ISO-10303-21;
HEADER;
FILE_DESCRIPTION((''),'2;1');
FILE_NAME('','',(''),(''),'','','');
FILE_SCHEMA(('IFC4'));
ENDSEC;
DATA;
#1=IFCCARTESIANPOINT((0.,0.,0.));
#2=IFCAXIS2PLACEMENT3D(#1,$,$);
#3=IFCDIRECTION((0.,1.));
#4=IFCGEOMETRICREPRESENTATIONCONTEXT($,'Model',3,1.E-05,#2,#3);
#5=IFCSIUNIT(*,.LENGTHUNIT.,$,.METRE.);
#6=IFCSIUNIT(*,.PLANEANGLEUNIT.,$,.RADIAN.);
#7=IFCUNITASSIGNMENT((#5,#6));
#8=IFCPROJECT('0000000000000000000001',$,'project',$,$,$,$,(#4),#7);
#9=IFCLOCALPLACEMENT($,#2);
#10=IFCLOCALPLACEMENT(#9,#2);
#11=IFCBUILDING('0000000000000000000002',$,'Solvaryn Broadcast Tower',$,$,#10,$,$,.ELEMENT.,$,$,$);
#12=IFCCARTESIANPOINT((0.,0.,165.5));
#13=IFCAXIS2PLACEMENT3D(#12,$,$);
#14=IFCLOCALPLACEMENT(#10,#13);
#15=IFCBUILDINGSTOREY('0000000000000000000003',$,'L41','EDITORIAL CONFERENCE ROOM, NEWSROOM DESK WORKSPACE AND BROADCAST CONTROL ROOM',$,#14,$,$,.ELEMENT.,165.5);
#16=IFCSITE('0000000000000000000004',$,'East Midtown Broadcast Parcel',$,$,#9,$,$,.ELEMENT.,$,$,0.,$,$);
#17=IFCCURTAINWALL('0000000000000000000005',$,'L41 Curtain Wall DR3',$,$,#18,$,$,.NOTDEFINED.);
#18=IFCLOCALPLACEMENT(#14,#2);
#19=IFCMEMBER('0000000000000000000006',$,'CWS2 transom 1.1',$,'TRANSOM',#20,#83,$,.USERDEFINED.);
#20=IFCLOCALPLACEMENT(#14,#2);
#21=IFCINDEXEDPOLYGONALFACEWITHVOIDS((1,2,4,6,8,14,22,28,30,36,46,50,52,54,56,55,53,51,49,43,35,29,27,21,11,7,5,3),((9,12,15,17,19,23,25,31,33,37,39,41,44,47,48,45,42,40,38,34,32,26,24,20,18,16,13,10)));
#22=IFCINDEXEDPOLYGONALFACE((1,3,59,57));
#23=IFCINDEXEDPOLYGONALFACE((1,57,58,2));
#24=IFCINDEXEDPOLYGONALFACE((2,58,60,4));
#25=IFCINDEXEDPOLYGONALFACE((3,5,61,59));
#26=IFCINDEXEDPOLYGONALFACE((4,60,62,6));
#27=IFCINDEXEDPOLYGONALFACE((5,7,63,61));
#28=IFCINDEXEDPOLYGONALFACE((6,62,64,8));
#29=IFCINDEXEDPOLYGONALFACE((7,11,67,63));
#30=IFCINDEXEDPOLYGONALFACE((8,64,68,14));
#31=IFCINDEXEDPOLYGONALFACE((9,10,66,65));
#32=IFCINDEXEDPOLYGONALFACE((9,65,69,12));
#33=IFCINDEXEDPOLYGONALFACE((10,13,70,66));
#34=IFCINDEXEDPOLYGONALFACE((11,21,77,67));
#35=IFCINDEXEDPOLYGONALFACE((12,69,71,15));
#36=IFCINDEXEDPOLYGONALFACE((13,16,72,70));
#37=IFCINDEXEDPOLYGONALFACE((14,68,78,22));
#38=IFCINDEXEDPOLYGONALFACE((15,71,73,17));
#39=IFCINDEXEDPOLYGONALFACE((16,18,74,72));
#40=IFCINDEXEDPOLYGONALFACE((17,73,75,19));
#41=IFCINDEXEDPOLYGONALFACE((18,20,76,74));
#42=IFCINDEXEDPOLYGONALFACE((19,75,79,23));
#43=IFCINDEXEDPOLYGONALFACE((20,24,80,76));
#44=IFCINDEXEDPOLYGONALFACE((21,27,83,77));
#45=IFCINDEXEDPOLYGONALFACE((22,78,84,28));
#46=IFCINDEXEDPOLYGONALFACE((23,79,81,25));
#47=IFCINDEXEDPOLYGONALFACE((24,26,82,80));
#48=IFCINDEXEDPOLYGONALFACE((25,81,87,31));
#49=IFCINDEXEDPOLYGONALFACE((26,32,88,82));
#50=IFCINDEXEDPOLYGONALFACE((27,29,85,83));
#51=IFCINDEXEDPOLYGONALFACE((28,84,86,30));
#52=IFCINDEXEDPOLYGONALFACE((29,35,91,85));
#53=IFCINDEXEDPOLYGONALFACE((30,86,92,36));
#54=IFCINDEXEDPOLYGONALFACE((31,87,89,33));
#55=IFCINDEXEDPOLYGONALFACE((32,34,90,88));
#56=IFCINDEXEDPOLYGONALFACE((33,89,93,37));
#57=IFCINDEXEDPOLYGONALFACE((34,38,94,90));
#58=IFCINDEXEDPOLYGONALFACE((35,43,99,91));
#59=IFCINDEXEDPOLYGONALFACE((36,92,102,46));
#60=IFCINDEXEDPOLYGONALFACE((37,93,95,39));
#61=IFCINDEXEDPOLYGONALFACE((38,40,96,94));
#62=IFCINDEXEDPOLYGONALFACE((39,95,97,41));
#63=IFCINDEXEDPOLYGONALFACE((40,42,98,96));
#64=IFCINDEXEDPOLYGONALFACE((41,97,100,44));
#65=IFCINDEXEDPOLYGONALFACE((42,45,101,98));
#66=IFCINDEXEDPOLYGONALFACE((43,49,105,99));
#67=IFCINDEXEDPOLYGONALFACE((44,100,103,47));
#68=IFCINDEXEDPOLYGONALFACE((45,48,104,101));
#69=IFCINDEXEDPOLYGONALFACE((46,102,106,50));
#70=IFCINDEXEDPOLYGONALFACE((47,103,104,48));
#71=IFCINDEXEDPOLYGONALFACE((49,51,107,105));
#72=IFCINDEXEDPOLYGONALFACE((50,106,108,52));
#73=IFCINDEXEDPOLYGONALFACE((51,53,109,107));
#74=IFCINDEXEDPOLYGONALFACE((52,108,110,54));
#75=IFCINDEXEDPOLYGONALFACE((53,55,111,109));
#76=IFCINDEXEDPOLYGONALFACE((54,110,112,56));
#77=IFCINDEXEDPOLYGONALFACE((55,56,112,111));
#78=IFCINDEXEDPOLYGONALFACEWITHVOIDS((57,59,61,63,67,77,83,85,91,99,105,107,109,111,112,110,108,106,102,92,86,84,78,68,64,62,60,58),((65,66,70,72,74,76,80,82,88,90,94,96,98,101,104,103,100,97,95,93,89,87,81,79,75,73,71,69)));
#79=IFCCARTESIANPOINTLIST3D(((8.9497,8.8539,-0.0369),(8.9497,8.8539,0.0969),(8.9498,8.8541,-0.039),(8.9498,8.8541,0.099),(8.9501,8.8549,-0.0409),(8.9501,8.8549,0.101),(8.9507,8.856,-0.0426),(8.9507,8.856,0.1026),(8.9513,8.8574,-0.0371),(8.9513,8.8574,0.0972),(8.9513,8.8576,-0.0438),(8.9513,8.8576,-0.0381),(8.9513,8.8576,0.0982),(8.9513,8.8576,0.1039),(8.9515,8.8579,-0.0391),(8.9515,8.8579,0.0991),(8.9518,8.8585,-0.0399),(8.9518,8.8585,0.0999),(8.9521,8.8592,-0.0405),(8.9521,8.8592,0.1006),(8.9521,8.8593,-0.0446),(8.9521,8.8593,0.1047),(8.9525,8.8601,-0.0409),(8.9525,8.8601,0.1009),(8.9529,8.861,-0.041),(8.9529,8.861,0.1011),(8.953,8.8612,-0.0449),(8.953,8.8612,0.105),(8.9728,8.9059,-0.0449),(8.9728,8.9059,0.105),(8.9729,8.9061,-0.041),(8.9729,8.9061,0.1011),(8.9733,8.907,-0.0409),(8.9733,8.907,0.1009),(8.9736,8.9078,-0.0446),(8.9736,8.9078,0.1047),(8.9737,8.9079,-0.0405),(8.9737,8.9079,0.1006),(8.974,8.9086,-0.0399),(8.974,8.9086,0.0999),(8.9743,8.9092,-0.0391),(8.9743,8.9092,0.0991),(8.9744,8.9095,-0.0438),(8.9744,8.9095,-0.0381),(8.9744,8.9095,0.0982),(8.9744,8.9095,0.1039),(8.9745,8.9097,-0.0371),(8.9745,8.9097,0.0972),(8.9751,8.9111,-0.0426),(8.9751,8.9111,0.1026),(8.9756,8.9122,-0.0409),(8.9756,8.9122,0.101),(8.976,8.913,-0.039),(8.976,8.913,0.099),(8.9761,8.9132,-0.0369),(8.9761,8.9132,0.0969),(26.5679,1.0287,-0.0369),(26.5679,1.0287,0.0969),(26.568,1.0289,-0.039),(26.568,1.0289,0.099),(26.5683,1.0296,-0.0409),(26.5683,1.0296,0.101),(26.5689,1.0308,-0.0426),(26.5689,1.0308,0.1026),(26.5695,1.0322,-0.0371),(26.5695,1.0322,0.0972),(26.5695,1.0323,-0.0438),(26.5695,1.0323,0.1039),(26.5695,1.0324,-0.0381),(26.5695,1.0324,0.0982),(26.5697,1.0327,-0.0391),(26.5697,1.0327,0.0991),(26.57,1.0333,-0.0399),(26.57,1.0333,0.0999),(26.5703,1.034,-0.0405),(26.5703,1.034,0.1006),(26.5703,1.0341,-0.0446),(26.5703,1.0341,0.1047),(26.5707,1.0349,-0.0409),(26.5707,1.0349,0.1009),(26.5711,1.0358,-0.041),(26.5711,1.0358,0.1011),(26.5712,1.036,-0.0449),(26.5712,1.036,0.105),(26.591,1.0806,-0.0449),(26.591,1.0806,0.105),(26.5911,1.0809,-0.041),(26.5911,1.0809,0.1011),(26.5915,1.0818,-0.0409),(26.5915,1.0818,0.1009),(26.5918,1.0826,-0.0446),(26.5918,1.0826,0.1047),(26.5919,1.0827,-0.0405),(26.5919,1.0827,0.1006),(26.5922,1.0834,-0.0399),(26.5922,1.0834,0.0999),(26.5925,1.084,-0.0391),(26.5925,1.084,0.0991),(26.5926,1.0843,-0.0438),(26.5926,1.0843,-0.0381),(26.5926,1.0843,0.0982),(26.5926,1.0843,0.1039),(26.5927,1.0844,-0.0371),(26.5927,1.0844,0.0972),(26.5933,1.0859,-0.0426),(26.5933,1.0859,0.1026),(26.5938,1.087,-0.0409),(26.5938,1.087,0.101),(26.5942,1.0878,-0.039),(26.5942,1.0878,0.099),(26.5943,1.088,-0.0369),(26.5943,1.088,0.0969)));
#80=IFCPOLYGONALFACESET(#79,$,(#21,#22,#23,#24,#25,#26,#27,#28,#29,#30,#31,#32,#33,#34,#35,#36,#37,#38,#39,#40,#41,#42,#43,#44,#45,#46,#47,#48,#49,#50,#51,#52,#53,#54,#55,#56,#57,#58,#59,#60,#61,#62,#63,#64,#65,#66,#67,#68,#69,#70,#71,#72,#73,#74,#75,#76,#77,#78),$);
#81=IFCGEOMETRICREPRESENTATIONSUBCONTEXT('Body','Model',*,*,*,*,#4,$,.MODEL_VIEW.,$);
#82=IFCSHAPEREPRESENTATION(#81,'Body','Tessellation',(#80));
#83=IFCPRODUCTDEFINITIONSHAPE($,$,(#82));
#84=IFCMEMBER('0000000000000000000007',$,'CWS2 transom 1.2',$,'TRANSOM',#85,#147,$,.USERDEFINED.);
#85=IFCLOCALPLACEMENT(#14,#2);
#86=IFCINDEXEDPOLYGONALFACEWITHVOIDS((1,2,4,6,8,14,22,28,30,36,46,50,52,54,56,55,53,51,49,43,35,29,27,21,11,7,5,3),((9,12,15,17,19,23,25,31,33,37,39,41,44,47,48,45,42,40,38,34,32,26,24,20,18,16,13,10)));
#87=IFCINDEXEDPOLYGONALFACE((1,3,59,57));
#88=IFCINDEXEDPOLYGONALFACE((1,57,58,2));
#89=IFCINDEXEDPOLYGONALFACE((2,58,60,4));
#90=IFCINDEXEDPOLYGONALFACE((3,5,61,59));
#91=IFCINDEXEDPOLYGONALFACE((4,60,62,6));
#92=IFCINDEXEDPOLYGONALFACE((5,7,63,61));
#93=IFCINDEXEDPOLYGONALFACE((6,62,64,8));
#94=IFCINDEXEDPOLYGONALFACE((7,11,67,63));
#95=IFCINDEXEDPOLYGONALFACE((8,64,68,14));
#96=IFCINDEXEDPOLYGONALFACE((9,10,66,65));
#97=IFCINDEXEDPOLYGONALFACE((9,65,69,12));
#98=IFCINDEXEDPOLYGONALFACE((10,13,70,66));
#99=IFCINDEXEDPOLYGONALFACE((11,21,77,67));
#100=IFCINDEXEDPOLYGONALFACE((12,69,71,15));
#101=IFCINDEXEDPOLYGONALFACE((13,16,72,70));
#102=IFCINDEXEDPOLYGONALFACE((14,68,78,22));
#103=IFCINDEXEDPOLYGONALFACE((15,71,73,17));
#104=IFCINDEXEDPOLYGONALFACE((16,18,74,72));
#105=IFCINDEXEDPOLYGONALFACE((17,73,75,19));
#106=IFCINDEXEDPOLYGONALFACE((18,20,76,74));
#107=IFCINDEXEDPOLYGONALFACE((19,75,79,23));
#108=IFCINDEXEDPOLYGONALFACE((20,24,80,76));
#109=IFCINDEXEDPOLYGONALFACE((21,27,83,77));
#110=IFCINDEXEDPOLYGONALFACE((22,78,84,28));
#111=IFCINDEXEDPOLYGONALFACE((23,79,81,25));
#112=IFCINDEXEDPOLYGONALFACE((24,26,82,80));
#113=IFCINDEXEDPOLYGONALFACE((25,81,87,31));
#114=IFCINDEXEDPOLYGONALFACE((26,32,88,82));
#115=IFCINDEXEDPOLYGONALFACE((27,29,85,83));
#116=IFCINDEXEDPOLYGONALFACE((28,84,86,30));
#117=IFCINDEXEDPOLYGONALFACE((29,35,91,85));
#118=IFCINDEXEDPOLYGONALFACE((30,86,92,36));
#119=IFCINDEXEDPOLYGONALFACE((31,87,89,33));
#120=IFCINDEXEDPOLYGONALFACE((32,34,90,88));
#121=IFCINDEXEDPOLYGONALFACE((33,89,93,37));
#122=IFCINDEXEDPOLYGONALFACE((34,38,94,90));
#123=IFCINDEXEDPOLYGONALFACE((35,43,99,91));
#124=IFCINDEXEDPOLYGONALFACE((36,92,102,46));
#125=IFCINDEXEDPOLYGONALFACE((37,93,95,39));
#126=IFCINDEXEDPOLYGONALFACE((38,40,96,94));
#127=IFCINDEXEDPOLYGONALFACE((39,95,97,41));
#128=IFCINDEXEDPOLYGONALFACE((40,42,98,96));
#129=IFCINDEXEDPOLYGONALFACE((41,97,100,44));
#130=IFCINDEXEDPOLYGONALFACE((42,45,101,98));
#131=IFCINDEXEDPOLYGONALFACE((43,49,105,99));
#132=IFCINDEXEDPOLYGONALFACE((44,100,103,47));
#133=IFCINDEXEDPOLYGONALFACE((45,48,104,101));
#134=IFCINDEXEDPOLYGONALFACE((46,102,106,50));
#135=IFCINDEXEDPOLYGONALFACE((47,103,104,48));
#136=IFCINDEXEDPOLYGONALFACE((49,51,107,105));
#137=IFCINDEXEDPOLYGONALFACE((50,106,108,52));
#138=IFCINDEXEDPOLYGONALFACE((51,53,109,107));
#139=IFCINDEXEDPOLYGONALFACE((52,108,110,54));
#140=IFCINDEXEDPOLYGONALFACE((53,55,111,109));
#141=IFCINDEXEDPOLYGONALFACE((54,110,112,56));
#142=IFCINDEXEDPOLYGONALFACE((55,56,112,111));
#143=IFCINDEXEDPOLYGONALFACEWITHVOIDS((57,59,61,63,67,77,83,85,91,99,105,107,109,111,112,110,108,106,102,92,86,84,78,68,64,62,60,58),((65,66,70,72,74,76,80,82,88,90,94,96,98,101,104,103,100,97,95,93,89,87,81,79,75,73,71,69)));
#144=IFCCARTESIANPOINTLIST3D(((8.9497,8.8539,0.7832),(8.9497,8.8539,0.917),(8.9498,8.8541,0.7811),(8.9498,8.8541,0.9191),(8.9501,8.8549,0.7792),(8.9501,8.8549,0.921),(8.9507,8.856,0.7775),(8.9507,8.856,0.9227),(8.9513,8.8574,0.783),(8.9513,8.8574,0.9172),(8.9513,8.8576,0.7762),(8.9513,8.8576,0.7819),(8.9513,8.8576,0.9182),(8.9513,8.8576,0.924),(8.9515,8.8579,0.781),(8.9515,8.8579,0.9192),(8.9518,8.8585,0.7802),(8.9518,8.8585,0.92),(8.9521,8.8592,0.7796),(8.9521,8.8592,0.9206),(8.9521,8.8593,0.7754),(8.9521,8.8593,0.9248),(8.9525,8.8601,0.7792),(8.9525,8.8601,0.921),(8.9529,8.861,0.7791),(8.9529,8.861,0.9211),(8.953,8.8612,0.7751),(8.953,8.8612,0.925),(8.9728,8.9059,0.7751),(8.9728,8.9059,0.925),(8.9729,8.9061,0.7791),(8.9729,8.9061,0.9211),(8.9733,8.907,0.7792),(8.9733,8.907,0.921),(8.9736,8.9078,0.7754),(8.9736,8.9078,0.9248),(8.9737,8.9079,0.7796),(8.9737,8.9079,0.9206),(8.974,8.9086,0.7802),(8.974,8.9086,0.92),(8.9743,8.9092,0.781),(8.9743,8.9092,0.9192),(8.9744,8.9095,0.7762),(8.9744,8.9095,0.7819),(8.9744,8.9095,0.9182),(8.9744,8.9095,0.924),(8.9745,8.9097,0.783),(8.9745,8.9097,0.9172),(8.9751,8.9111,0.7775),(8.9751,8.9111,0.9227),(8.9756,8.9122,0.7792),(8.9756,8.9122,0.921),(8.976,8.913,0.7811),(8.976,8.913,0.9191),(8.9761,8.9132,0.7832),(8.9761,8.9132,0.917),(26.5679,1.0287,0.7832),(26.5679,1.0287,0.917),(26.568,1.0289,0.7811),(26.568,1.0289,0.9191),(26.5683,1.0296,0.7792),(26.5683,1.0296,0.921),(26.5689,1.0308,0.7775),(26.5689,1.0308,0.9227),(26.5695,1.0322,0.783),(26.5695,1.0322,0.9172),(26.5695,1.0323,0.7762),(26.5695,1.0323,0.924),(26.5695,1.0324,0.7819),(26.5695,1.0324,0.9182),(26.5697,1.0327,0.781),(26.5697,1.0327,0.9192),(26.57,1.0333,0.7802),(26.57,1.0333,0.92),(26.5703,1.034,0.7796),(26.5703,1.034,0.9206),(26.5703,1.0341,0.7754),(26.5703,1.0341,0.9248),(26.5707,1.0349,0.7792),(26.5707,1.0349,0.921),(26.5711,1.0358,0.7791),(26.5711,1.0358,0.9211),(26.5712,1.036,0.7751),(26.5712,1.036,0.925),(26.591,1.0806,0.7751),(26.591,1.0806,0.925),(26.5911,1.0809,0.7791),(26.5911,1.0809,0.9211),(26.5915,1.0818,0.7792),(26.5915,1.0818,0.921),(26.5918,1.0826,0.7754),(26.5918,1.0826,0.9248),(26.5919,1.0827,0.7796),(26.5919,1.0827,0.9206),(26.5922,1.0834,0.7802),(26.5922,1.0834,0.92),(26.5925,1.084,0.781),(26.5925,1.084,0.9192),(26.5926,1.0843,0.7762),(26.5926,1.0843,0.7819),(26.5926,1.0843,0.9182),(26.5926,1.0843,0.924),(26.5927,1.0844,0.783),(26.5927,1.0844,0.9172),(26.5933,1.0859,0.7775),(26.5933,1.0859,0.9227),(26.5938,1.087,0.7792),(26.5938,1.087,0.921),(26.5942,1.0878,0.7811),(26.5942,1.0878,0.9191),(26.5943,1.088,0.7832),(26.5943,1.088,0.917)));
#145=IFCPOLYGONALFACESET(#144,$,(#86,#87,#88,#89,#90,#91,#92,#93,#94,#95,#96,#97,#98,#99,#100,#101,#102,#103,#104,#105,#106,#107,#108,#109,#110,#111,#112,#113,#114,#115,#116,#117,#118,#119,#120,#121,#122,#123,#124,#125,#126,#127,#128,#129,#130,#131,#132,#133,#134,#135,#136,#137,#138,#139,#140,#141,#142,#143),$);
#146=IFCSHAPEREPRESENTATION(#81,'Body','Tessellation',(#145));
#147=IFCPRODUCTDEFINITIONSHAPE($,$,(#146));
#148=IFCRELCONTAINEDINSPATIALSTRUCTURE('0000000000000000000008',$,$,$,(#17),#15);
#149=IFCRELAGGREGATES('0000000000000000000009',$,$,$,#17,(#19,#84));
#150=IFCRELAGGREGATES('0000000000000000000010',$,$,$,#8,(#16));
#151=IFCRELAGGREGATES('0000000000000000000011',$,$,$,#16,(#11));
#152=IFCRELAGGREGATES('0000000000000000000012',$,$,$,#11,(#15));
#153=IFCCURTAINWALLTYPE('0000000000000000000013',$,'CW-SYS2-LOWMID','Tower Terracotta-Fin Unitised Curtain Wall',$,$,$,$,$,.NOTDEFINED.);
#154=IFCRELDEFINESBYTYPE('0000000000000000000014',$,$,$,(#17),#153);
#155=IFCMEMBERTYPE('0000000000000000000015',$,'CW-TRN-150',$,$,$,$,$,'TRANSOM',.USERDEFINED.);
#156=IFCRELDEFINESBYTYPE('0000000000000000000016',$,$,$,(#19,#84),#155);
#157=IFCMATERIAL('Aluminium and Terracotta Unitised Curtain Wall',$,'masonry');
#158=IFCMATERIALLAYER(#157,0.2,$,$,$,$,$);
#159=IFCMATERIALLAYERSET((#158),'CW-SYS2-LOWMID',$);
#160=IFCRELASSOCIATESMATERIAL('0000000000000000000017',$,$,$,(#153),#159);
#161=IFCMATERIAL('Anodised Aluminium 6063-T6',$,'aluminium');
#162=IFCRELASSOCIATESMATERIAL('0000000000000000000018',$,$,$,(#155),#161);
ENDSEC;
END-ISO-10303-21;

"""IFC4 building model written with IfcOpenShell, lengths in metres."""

from ifc_helpers import new_model, si_unit, direction, frame, origin, origin_2d, place, context, subcontext, project, spatial, hollow_rectangle, extrude, material, layer, layer_set, material_profile, profile_set, type_object, element, aggregate, save


model = new_model("IFC4")

# Units and contexts
model_context = context("Model", 3, precision=1e-05, world=origin(), true_north=direction((0.0, 1.0)))
body_context = subcontext(model_context, "Body", "Model", "MODEL_VIEW")
ifc_project = project(units=[si_unit("LENGTHUNIT", "METRE"), si_unit("PLANEANGLEUNIT", "RADIAN")], contexts=[model_context])

# Site, building, storey
site_placement = place(None, origin())
site = spatial("IfcSite", under=ifc_project, at=site_placement, Name="East Midtown Broadcast Parcel", CompositionType="ELEMENT", RefElevation=0.0)
building_placement = place(site_placement, origin())
building = spatial("IfcBuilding", under=site, at=building_placement, Name="Solvaryn Broadcast Tower", CompositionType="ELEMENT")
storey_placement = place(building_placement, frame((0.0, 0.0, 165.5)))
storey = spatial("IfcBuildingStorey", under=building, at=storey_placement, Name="L41", Description="EDITORIAL CONFERENCE ROOM, NEWSROOM DESK WORKSPACE AND BROADCAST CONTROL ROOM", CompositionType="ELEMENT", Elevation=165.5)

# Shared definitions
ifc_material_1 = material(Name="Aluminium and Terracotta Unitised Curtain Wall", Category="masonry")
ifc_layer_1 = layer(ifc_material_1, 0.2)
ifc_layer_set_1 = layer_set([ifc_layer_1], Name="CW-SYS2-LOWMID")
curtain_wall_type = type_object("IfcCurtainWallType", Name="CW-SYS2-LOWMID", Description="Tower Terracotta-Fin Unitised Curtain Wall", PredefinedType="NOTDEFINED", material=ifc_layer_set_1)

# Curtain wall, members
curtain_wall_1_placement = place(storey_placement, origin())
curtain_wall_1 = element("IfcCurtainWall", 1, at=curtain_wall_1_placement, inside=storey, type_object=curtain_wall_type, Name="L41 Curtain Wall DR3", PredefinedType="NOTDEFINED")
ifc_material_2 = material(Name="Anodised Aluminium 6063-T6", Category="aluminium")
ifc_material_profile_1 = material_profile(ifc_material_2, hollow_rectangle(XDim=0.0649, YDim=0.1499, WallThickness=0.0039, InnerFilletRadius=0.0039, OuterFilletRadius=0.0081, at=origin_2d()))
ifc_profile_set_1 = profile_set([ifc_material_profile_1], Name="Anodised Aluminium 6063-T6")
member_type_1 = type_object("IfcMemberType", Name="CW-TRN-150", ElementType="TRANSOM", PredefinedType="USERDEFINED", material=ifc_profile_set_1)
member_1_placement = place(storey_placement, frame((8.9629, 8.8835, 0.03), z_axis=(0.91391, -0.405918, 0.0), x_axis=(0.405918, 0.91391, 0.0)))
member_1 = element("IfcMember", 2, at=member_1_placement, type_object=member_type_1, Name="CWS2 transom 1.1", ObjectType="TRANSOM", PredefinedType="USERDEFINED", context=body_context, shape_type="SweptSolid", body=[
    extrude(hollow_rectangle(XDim=0.0649, YDim=0.1499, WallThickness=0.0039, InnerFilletRadius=0.0039, OuterFilletRadius=0.0081, at=origin_2d()), origin(), (0.0, 0.0, 1.0), 19.2778),
])
member_2_placement = place(storey_placement, frame((8.9629, 8.8835, 0.8501), z_axis=(0.91391, -0.405918, 0.0), x_axis=(0.405918, 0.91391, 0.0)))
member_2 = element("IfcMember", 3, at=member_2_placement, type_object=member_type_1, Name="CWS2 transom 1.2", ObjectType="TRANSOM", PredefinedType="USERDEFINED", context=body_context, shape_type="SweptSolid", body=[
    extrude(hollow_rectangle(XDim=0.0649, YDim=0.1499, WallThickness=0.0039, InnerFilletRadius=0.0039, OuterFilletRadius=0.0081, at=origin_2d()), origin(), (0.0, 0.0, 1.0), 19.2778),
])
aggregate(curtain_wall_1, [member_1, member_2])

save(model, "model.ifc")
